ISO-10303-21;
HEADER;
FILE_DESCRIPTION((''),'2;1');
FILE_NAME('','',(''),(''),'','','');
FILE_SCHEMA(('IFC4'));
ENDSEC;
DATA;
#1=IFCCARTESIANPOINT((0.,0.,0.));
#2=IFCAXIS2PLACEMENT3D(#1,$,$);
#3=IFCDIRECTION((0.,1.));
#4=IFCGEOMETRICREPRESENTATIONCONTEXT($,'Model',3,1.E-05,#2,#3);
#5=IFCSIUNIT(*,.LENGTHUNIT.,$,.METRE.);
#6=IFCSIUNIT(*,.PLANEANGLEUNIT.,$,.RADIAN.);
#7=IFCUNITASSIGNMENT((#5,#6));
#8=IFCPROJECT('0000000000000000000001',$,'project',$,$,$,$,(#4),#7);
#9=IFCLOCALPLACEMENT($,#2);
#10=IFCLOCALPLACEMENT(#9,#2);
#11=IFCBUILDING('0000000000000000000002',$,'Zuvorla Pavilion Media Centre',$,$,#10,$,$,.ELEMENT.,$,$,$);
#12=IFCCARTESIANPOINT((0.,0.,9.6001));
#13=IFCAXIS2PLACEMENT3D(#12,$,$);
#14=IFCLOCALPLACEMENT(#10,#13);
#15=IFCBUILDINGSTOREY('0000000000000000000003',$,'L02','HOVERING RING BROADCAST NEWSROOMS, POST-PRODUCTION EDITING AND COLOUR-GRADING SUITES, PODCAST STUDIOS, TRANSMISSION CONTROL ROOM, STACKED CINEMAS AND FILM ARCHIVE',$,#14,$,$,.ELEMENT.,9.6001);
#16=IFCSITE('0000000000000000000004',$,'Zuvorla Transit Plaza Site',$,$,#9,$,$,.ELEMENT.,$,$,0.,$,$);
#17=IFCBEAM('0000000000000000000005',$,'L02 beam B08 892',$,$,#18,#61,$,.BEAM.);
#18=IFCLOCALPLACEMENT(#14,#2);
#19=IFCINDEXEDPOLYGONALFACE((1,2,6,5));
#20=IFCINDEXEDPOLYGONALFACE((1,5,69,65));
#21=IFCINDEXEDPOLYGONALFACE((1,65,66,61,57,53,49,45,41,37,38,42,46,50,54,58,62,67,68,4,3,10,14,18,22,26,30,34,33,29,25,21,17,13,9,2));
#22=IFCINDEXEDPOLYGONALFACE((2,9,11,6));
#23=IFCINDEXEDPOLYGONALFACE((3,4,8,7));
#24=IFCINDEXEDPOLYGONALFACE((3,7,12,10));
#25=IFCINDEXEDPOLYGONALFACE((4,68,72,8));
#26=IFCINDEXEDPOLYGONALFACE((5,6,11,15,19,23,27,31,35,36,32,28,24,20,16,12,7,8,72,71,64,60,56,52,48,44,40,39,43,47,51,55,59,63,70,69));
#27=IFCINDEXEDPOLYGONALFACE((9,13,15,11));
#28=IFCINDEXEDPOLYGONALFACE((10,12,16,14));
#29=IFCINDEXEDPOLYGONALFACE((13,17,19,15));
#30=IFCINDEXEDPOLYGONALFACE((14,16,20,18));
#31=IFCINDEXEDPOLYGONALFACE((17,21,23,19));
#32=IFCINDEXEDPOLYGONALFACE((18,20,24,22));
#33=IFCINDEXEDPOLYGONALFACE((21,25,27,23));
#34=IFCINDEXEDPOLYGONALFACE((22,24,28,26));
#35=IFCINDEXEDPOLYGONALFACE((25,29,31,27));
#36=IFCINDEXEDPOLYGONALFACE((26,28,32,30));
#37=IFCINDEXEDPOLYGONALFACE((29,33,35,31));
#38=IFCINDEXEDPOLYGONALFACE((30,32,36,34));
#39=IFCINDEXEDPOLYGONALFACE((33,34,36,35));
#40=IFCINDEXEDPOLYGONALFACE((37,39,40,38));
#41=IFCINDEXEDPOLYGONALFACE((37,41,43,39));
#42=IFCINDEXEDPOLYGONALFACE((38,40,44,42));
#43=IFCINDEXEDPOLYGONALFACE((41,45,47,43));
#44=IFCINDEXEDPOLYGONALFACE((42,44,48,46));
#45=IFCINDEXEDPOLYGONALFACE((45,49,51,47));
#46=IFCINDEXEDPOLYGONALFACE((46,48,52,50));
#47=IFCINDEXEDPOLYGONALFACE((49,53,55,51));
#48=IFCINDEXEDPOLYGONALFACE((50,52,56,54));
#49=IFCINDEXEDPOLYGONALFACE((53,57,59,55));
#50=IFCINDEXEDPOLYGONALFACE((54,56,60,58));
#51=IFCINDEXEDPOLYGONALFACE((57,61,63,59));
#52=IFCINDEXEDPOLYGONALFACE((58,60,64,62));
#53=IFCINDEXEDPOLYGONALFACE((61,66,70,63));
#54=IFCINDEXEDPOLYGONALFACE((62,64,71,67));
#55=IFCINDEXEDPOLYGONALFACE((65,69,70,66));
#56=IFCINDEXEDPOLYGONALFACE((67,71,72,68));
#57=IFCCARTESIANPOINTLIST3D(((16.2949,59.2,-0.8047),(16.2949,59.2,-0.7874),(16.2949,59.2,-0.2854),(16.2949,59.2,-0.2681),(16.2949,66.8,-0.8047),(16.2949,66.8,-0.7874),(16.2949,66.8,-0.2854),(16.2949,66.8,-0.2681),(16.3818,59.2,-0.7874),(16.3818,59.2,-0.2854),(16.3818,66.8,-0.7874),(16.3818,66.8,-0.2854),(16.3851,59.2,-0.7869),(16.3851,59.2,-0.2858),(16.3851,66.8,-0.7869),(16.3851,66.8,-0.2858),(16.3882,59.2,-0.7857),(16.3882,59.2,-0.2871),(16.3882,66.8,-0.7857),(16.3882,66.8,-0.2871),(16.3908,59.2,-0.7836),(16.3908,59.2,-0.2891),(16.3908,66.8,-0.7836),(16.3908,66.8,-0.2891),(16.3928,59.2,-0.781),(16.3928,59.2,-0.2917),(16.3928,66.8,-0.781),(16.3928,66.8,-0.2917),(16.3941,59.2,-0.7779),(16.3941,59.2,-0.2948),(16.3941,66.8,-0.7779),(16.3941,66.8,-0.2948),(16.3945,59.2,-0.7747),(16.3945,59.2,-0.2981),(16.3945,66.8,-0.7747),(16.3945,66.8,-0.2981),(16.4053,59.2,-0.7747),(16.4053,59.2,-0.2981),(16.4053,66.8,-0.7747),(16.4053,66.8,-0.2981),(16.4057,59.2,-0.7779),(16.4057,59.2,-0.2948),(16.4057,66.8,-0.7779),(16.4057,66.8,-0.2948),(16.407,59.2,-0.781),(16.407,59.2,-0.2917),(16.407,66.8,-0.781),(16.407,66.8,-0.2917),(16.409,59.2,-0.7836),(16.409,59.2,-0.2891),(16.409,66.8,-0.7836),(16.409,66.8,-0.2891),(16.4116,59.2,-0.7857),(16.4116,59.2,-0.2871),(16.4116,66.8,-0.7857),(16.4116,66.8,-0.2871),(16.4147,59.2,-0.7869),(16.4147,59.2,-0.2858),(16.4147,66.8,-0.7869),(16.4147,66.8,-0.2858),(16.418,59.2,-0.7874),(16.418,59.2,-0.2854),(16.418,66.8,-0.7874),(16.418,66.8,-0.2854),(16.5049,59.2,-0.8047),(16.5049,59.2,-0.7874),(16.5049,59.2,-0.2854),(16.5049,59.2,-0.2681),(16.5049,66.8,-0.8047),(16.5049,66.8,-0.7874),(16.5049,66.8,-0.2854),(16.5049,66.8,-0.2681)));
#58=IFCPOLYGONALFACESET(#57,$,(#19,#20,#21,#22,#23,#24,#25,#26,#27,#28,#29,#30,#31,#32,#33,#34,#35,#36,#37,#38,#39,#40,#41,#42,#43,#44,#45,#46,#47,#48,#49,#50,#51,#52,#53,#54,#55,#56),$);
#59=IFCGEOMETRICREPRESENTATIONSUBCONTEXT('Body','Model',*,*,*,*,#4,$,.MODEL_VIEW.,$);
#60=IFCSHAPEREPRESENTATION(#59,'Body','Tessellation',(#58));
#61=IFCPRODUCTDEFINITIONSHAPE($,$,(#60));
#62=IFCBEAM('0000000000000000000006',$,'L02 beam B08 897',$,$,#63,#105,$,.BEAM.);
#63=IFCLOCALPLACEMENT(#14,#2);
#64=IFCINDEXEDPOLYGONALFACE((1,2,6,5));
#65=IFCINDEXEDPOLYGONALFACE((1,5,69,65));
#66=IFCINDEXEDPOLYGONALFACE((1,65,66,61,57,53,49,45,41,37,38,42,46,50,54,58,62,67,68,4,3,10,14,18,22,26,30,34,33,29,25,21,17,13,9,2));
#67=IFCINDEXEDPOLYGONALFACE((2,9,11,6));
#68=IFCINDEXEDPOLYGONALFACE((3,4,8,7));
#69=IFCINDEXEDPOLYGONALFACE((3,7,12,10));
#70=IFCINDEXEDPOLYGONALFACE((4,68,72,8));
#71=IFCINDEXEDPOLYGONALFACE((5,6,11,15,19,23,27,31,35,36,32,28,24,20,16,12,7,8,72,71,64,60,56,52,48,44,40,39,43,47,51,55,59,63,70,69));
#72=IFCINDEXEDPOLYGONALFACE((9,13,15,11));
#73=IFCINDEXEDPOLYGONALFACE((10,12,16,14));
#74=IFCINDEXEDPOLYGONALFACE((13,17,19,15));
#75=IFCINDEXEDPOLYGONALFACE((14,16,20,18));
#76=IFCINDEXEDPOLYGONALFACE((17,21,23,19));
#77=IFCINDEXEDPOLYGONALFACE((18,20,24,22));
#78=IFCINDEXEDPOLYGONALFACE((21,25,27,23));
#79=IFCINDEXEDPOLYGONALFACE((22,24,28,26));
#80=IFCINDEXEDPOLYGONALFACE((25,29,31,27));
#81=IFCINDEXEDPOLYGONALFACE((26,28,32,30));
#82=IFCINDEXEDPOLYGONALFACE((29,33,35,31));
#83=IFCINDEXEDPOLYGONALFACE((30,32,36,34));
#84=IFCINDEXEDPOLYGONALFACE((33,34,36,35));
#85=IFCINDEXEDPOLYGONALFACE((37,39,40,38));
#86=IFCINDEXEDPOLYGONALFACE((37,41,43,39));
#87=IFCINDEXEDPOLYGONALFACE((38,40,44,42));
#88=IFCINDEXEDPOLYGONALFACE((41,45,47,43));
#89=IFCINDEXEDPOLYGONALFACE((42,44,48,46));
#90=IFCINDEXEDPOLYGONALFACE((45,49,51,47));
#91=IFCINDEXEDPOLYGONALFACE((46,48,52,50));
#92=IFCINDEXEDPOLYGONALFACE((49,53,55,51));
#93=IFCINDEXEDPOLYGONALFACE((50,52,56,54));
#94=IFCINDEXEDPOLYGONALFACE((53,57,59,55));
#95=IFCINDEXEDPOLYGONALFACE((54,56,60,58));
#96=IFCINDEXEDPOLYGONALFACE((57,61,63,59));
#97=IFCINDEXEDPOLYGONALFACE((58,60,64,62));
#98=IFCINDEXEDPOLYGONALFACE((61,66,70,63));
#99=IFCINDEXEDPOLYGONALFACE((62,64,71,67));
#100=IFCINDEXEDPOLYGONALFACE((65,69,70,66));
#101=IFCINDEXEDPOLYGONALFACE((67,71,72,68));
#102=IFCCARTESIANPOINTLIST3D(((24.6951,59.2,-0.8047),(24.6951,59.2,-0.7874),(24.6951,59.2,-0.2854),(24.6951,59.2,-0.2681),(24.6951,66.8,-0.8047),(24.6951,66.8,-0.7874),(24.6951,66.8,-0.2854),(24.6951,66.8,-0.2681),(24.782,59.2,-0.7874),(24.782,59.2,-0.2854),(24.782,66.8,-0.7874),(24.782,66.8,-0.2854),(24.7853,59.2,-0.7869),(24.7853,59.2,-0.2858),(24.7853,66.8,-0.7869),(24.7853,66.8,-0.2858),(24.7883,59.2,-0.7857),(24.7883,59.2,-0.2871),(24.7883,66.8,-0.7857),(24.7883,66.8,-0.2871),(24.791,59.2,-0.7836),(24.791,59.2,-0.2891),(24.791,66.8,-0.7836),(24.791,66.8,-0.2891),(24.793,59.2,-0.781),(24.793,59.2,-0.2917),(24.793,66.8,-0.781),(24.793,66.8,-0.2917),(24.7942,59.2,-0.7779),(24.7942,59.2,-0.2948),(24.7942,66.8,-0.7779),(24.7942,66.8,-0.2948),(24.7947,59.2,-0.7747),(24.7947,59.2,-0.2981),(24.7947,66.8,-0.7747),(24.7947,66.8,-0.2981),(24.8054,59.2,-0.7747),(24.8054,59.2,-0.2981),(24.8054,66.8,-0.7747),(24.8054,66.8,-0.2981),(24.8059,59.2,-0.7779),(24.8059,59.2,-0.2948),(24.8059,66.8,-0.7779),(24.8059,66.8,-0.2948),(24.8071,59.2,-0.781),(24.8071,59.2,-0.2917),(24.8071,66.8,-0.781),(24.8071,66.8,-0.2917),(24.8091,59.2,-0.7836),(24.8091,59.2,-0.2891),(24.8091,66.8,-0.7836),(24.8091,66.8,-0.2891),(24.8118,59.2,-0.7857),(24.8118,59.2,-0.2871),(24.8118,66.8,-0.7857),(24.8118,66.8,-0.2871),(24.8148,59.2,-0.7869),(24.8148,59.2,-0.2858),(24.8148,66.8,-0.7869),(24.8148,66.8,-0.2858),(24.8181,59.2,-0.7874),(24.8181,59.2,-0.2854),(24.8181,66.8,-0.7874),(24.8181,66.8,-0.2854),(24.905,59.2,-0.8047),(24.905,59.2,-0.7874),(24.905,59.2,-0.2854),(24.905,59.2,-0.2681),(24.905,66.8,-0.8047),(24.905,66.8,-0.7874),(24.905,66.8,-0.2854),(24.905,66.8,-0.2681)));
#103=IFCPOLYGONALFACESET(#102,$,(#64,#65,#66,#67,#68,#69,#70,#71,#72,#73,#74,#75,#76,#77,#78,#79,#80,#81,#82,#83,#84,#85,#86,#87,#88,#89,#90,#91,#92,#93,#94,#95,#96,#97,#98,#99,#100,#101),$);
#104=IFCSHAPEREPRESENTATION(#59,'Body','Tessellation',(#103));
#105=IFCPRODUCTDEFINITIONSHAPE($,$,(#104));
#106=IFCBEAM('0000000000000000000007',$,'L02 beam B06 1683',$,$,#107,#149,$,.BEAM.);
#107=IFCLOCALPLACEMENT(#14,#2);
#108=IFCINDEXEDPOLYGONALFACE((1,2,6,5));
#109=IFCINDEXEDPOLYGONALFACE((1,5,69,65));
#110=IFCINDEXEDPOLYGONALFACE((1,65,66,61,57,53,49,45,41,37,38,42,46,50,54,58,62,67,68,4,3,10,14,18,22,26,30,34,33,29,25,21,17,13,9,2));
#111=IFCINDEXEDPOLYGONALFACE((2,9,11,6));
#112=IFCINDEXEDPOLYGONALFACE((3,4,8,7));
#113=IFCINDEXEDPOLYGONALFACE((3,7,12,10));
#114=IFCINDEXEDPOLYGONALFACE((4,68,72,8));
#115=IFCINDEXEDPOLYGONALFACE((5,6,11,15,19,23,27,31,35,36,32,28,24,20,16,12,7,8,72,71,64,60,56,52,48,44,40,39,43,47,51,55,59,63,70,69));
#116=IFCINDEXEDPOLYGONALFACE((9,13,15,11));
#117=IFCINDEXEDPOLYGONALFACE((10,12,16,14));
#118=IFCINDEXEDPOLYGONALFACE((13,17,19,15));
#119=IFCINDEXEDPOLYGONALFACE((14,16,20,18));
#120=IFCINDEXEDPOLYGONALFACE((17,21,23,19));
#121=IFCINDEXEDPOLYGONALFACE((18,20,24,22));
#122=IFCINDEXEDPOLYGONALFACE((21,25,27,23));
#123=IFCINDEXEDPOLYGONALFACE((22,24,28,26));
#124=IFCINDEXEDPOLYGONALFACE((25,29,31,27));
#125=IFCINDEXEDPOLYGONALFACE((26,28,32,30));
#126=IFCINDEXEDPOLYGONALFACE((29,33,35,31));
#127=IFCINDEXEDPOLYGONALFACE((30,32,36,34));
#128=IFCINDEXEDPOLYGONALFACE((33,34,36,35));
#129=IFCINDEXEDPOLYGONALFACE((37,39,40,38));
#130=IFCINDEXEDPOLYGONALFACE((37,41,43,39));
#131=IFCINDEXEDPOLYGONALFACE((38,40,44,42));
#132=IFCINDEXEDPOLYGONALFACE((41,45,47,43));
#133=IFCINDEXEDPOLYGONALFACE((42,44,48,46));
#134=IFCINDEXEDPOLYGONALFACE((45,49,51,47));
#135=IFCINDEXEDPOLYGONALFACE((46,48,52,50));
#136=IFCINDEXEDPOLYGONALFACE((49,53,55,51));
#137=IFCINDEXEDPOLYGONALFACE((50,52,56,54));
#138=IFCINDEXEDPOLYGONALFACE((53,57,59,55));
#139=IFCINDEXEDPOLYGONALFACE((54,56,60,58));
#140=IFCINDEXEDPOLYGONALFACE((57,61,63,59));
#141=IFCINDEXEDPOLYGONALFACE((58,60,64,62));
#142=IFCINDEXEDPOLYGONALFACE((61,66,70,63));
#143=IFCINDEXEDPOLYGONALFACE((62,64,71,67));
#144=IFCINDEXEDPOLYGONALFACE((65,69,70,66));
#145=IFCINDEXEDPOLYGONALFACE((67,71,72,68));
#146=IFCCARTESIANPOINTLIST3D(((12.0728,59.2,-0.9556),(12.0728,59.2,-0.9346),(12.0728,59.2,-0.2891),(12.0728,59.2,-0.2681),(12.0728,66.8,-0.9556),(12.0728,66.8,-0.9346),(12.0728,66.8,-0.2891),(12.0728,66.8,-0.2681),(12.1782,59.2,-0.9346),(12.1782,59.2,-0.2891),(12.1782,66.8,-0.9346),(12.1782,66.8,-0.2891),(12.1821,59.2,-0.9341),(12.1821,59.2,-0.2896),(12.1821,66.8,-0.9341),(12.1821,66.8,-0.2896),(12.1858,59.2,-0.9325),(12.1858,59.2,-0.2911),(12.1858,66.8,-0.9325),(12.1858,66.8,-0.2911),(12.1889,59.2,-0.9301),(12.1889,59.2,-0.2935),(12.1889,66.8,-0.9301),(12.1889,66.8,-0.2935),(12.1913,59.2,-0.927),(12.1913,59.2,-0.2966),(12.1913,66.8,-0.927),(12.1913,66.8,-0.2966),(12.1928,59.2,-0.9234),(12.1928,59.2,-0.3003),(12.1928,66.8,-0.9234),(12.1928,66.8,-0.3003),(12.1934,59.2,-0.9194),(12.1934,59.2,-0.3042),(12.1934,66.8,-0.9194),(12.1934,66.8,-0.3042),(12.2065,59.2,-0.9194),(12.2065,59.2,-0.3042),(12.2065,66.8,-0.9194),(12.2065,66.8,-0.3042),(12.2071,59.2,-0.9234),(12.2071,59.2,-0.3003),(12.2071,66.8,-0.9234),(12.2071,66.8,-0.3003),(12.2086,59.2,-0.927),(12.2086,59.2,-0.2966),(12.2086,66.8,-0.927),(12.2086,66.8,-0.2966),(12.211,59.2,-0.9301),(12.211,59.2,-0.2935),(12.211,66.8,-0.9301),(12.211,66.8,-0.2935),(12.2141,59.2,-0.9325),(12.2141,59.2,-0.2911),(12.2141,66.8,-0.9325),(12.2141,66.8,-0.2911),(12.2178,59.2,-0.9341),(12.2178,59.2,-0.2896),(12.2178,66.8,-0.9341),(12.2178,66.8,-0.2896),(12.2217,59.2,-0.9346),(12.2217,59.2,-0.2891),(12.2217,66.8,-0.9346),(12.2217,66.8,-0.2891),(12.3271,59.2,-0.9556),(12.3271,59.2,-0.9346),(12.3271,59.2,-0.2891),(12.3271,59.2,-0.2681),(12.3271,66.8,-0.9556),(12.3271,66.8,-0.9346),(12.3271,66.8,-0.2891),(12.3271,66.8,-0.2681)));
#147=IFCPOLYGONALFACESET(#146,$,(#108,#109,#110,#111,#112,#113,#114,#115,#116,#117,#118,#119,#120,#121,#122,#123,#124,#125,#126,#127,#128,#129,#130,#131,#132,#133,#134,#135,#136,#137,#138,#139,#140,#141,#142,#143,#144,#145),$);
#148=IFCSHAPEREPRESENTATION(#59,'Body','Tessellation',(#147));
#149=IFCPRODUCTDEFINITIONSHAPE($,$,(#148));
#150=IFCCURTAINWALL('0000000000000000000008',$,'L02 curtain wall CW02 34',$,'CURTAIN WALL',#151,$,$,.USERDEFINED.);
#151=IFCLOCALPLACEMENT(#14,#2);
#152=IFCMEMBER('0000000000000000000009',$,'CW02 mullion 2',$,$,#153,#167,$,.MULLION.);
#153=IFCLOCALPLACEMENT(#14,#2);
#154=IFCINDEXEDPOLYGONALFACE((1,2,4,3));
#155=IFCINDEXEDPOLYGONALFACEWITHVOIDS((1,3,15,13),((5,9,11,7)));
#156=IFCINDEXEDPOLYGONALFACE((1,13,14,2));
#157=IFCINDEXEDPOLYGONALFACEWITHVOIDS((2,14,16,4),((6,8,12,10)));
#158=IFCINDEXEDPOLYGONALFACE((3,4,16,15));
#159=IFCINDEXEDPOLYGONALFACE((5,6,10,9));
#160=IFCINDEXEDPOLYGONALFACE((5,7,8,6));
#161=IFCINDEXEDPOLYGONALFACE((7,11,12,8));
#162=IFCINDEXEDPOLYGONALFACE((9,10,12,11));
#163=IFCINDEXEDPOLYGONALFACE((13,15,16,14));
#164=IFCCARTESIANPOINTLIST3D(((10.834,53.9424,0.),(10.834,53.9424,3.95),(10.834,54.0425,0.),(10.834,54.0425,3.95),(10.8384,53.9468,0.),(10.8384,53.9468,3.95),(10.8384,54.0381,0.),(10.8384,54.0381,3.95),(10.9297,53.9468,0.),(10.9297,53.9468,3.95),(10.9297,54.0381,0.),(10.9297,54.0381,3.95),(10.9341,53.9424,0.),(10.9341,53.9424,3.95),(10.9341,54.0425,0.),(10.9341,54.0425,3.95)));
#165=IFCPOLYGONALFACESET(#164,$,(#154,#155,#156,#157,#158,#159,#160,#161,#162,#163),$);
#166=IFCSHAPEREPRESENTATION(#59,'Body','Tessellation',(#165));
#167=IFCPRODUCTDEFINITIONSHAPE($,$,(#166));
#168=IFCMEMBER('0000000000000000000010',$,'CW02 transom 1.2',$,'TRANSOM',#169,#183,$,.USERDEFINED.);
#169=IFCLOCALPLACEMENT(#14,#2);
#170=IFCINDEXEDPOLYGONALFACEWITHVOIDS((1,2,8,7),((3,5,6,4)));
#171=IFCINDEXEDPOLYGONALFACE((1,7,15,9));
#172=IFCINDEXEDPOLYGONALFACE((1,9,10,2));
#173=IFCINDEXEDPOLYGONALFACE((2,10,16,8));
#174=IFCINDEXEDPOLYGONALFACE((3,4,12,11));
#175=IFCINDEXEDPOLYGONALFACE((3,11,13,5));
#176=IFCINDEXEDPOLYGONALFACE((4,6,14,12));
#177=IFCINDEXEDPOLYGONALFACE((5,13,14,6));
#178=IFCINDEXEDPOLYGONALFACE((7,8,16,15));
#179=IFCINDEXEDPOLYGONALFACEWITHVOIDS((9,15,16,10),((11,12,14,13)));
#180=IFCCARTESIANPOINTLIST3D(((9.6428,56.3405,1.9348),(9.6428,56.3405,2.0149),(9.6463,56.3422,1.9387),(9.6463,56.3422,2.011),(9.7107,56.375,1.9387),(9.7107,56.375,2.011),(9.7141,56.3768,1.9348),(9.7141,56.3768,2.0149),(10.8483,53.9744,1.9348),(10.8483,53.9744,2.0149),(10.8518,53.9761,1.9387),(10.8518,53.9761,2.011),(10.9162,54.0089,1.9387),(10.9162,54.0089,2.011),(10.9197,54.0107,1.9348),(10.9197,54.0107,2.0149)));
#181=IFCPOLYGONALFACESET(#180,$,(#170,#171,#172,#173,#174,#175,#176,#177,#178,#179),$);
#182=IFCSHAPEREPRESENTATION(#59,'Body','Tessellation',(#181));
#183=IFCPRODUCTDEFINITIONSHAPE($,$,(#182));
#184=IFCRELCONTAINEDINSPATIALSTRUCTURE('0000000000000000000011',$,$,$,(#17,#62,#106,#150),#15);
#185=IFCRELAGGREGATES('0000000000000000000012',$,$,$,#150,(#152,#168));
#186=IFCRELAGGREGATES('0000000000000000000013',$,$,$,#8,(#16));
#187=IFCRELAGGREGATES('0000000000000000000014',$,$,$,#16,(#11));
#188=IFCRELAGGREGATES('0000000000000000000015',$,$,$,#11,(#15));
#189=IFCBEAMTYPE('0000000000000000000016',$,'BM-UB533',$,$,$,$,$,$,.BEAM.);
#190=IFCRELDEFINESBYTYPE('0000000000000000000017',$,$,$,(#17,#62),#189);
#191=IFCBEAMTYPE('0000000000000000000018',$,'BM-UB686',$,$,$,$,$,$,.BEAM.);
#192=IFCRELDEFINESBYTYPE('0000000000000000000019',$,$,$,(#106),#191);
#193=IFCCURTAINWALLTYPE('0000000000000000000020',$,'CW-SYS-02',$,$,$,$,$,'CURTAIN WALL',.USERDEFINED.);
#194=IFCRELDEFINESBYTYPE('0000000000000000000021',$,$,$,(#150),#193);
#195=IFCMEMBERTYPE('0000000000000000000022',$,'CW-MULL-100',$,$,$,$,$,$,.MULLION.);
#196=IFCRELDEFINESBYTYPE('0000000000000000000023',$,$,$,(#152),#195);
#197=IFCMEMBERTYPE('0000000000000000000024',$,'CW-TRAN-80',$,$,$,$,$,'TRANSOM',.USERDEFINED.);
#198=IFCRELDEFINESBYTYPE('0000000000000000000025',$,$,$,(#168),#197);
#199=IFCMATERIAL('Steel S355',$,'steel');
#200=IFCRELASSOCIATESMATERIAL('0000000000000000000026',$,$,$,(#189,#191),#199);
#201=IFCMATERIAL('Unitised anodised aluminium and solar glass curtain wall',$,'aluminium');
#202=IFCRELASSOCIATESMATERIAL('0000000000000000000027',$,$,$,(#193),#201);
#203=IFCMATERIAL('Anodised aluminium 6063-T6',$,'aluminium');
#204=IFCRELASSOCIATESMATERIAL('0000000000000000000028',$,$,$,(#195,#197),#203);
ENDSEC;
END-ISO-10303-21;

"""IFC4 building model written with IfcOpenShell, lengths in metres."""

from ifc_helpers import new_model, si_unit, direction, frame, origin, origin_2d, place, context, subcontext, project, spatial, hollow_rectangle, i_section, extrude, material, material_profile, profile_set, type_object, element, aggregate, save


model = new_model("IFC4")

# Units and contexts
model_context = context("Model", 3, precision=1e-05, world=origin(), true_north=direction((0.0, 1.0)))
body_context = subcontext(model_context, "Body", "Model", "MODEL_VIEW")
ifc_project = project(units=[si_unit("LENGTHUNIT", "METRE"), si_unit("PLANEANGLEUNIT", "RADIAN")], contexts=[model_context])

# Site, building, storey
site_placement = place(None, origin())
site = spatial("IfcSite", under=ifc_project, at=site_placement, Name="Zuvorla Transit Plaza Site", CompositionType="ELEMENT", RefElevation=0.0)
building_placement = place(site_placement, origin())
building = spatial("IfcBuilding", under=site, at=building_placement, Name="Zuvorla Pavilion Media Centre", CompositionType="ELEMENT")
storey_placement = place(building_placement, frame((0.0, 0.0, 9.6001)))
storey = spatial("IfcBuildingStorey", under=building, at=storey_placement, Name="L02", Description="HOVERING RING BROADCAST NEWSROOMS, POST-PRODUCTION EDITING AND COLOUR-GRADING SUITES, PODCAST STUDIOS, TRANSMISSION CONTROL ROOM, STACKED CINEMAS AND FILM ARCHIVE", CompositionType="ELEMENT", Elevation=9.6001)

# Shared definitions
ifc_material_1 = material(Name="Steel S355", Category="steel")

# Beams
ifc_material_profile_1 = material_profile(ifc_material_1, i_section(OverallWidth=0.21, OverallDepth=0.5366, WebThickness=0.0107, FlangeThickness=0.0173, FilletRadius=0.0127, at=origin_2d()), Name="UB 533x210x101")
ifc_profile_set_1 = profile_set([ifc_material_profile_1], Name="Steel S355")
beam_type_1 = type_object("IfcBeamType", Name="BM-UB533", PredefinedType="BEAM", material=ifc_profile_set_1)
for number, where, z_axis, x_axis, name in (
    (1, (16.3999, 59.2, -0.5364), (0.0, 1.0, 0.0), (-1.0, 0.0, 0.0), "L02 beam B08 892"),
    (2, (24.8, 59.2, -0.5364), (0.0, 1.0, 0.0), (-1.0, 0.0, 0.0), "L02 beam B08 897"),
):
    element("IfcBeam", number, at=place(storey_placement, frame(where, z_axis=z_axis, x_axis=x_axis)), inside=storey, type_object=beam_type_1, Name=name, PredefinedType="BEAM", context=body_context, shape_type="SweptSolid", body=[
        extrude(i_section(OverallWidth=0.21, OverallDepth=0.5366, WebThickness=0.0107, FlangeThickness=0.0173, FilletRadius=0.0127, at=origin_2d()), origin(), (0.0, 0.0, 1.0), 7.6001),
    ])
ifc_material_profile_2 = material_profile(ifc_material_1, i_section(OverallWidth=0.2544, OverallDepth=0.6875, WebThickness=0.0132, FlangeThickness=0.021, FilletRadius=0.0151, at=origin_2d()), Name="UB 686x254x152")
ifc_profile_set_2 = profile_set([ifc_material_profile_2], Name="Steel S355")
beam_type_2 = type_object("IfcBeamType", Name="BM-UB686", PredefinedType="BEAM", material=ifc_profile_set_2)
beam_1_placement = place(storey_placement, frame((12.2, 59.2, -0.6118), z_axis=(0.0, 1.0, 0.0), x_axis=(-1.0, 0.0, 0.0)))
element("IfcBeam", 3, at=beam_1_placement, inside=storey, type_object=beam_type_2, Name="L02 beam B06 1683", PredefinedType="BEAM", context=body_context, shape_type="SweptSolid", body=[
    extrude(i_section(OverallWidth=0.2544, OverallDepth=0.6875, WebThickness=0.0132, FlangeThickness=0.021, FilletRadius=0.0151, at=origin_2d()), origin(), (0.0, 0.0, 1.0), 7.6001),
])

# Curtain wall, members
ifc_material_2 = material(Name="Unitised anodised aluminium and solar glass curtain wall", Category="aluminium")
curtain_wall_type = type_object("IfcCurtainWallType", Name="CW-SYS-02", ElementType="CURTAIN WALL", PredefinedType="USERDEFINED", material=ifc_material_2)
curtain_wall_placement = place(storey_placement, origin())
curtain_wall = element("IfcCurtainWall", 4, at=curtain_wall_placement, inside=storey, type_object=curtain_wall_type, Name="L02 curtain wall CW02 34", ObjectType="CURTAIN WALL", PredefinedType="USERDEFINED")
ifc_material_3 = material(Name="Anodised aluminium 6063-T6", Category="aluminium")
ifc_material_profile_3 = material_profile(ifc_material_3, hollow_rectangle(XDim=0.1001, YDim=0.1001, WallThickness=0.0044, at=origin_2d()), Name="ALU MULL 100x100")
ifc_profile_set_3 = profile_set([ifc_material_profile_3], Name="Anodised aluminium 6063-T6")
member_type_1 = type_object("IfcMemberType", Name="CW-MULL-100", PredefinedType="MULLION", material=ifc_profile_set_3)
member_1_placement = place(storey_placement, frame((10.884, 53.9924, 0.0), z_axis=(0.0, 0.0, 1.0), x_axis=(1.0, 0.0, 0.0)))
member_1 = element("IfcMember", 5, at=member_1_placement, type_object=member_type_1, Name="CW02 mullion 2", PredefinedType="MULLION", context=body_context, shape_type="SweptSolid", body=[
    extrude(hollow_rectangle(XDim=0.1001, YDim=0.1001, WallThickness=0.0044, at=origin_2d()), origin(), (0.0, 0.0, 1.0), 3.95),
])
ifc_material_profile_4 = material_profile(ifc_material_3, hollow_rectangle(XDim=0.0801, YDim=0.0801, WallThickness=0.0039, at=origin_2d()), Name="ALU TRAN 80x80")
ifc_profile_set_4 = profile_set([ifc_material_profile_4], Name="Anodised aluminium 6063-T6")
member_type_2 = type_object("IfcMemberType", Name="CW-TRAN-80", ElementType="TRANSOM", PredefinedType="USERDEFINED", material=ifc_profile_set_4)
member_2_placement = place(storey_placement, frame((9.6785, 56.3586, 1.9749), z_axis=(0.453967, -0.891018, 0.0), x_axis=(0.891018, 0.453967, 0.0)))
member_2 = element("IfcMember", 6, at=member_2_placement, type_object=member_type_2, Name="CW02 transom 1.2", ObjectType="TRANSOM", PredefinedType="USERDEFINED", context=body_context, shape_type="SweptSolid", body=[
    extrude(hollow_rectangle(XDim=0.0801, YDim=0.0801, WallThickness=0.0039, at=origin_2d()), origin(), (0.0, 0.0, 1.0), 2.6555),
])

aggregate(curtain_wall, [member_1, member_2])

save(model, "model.ifc")
